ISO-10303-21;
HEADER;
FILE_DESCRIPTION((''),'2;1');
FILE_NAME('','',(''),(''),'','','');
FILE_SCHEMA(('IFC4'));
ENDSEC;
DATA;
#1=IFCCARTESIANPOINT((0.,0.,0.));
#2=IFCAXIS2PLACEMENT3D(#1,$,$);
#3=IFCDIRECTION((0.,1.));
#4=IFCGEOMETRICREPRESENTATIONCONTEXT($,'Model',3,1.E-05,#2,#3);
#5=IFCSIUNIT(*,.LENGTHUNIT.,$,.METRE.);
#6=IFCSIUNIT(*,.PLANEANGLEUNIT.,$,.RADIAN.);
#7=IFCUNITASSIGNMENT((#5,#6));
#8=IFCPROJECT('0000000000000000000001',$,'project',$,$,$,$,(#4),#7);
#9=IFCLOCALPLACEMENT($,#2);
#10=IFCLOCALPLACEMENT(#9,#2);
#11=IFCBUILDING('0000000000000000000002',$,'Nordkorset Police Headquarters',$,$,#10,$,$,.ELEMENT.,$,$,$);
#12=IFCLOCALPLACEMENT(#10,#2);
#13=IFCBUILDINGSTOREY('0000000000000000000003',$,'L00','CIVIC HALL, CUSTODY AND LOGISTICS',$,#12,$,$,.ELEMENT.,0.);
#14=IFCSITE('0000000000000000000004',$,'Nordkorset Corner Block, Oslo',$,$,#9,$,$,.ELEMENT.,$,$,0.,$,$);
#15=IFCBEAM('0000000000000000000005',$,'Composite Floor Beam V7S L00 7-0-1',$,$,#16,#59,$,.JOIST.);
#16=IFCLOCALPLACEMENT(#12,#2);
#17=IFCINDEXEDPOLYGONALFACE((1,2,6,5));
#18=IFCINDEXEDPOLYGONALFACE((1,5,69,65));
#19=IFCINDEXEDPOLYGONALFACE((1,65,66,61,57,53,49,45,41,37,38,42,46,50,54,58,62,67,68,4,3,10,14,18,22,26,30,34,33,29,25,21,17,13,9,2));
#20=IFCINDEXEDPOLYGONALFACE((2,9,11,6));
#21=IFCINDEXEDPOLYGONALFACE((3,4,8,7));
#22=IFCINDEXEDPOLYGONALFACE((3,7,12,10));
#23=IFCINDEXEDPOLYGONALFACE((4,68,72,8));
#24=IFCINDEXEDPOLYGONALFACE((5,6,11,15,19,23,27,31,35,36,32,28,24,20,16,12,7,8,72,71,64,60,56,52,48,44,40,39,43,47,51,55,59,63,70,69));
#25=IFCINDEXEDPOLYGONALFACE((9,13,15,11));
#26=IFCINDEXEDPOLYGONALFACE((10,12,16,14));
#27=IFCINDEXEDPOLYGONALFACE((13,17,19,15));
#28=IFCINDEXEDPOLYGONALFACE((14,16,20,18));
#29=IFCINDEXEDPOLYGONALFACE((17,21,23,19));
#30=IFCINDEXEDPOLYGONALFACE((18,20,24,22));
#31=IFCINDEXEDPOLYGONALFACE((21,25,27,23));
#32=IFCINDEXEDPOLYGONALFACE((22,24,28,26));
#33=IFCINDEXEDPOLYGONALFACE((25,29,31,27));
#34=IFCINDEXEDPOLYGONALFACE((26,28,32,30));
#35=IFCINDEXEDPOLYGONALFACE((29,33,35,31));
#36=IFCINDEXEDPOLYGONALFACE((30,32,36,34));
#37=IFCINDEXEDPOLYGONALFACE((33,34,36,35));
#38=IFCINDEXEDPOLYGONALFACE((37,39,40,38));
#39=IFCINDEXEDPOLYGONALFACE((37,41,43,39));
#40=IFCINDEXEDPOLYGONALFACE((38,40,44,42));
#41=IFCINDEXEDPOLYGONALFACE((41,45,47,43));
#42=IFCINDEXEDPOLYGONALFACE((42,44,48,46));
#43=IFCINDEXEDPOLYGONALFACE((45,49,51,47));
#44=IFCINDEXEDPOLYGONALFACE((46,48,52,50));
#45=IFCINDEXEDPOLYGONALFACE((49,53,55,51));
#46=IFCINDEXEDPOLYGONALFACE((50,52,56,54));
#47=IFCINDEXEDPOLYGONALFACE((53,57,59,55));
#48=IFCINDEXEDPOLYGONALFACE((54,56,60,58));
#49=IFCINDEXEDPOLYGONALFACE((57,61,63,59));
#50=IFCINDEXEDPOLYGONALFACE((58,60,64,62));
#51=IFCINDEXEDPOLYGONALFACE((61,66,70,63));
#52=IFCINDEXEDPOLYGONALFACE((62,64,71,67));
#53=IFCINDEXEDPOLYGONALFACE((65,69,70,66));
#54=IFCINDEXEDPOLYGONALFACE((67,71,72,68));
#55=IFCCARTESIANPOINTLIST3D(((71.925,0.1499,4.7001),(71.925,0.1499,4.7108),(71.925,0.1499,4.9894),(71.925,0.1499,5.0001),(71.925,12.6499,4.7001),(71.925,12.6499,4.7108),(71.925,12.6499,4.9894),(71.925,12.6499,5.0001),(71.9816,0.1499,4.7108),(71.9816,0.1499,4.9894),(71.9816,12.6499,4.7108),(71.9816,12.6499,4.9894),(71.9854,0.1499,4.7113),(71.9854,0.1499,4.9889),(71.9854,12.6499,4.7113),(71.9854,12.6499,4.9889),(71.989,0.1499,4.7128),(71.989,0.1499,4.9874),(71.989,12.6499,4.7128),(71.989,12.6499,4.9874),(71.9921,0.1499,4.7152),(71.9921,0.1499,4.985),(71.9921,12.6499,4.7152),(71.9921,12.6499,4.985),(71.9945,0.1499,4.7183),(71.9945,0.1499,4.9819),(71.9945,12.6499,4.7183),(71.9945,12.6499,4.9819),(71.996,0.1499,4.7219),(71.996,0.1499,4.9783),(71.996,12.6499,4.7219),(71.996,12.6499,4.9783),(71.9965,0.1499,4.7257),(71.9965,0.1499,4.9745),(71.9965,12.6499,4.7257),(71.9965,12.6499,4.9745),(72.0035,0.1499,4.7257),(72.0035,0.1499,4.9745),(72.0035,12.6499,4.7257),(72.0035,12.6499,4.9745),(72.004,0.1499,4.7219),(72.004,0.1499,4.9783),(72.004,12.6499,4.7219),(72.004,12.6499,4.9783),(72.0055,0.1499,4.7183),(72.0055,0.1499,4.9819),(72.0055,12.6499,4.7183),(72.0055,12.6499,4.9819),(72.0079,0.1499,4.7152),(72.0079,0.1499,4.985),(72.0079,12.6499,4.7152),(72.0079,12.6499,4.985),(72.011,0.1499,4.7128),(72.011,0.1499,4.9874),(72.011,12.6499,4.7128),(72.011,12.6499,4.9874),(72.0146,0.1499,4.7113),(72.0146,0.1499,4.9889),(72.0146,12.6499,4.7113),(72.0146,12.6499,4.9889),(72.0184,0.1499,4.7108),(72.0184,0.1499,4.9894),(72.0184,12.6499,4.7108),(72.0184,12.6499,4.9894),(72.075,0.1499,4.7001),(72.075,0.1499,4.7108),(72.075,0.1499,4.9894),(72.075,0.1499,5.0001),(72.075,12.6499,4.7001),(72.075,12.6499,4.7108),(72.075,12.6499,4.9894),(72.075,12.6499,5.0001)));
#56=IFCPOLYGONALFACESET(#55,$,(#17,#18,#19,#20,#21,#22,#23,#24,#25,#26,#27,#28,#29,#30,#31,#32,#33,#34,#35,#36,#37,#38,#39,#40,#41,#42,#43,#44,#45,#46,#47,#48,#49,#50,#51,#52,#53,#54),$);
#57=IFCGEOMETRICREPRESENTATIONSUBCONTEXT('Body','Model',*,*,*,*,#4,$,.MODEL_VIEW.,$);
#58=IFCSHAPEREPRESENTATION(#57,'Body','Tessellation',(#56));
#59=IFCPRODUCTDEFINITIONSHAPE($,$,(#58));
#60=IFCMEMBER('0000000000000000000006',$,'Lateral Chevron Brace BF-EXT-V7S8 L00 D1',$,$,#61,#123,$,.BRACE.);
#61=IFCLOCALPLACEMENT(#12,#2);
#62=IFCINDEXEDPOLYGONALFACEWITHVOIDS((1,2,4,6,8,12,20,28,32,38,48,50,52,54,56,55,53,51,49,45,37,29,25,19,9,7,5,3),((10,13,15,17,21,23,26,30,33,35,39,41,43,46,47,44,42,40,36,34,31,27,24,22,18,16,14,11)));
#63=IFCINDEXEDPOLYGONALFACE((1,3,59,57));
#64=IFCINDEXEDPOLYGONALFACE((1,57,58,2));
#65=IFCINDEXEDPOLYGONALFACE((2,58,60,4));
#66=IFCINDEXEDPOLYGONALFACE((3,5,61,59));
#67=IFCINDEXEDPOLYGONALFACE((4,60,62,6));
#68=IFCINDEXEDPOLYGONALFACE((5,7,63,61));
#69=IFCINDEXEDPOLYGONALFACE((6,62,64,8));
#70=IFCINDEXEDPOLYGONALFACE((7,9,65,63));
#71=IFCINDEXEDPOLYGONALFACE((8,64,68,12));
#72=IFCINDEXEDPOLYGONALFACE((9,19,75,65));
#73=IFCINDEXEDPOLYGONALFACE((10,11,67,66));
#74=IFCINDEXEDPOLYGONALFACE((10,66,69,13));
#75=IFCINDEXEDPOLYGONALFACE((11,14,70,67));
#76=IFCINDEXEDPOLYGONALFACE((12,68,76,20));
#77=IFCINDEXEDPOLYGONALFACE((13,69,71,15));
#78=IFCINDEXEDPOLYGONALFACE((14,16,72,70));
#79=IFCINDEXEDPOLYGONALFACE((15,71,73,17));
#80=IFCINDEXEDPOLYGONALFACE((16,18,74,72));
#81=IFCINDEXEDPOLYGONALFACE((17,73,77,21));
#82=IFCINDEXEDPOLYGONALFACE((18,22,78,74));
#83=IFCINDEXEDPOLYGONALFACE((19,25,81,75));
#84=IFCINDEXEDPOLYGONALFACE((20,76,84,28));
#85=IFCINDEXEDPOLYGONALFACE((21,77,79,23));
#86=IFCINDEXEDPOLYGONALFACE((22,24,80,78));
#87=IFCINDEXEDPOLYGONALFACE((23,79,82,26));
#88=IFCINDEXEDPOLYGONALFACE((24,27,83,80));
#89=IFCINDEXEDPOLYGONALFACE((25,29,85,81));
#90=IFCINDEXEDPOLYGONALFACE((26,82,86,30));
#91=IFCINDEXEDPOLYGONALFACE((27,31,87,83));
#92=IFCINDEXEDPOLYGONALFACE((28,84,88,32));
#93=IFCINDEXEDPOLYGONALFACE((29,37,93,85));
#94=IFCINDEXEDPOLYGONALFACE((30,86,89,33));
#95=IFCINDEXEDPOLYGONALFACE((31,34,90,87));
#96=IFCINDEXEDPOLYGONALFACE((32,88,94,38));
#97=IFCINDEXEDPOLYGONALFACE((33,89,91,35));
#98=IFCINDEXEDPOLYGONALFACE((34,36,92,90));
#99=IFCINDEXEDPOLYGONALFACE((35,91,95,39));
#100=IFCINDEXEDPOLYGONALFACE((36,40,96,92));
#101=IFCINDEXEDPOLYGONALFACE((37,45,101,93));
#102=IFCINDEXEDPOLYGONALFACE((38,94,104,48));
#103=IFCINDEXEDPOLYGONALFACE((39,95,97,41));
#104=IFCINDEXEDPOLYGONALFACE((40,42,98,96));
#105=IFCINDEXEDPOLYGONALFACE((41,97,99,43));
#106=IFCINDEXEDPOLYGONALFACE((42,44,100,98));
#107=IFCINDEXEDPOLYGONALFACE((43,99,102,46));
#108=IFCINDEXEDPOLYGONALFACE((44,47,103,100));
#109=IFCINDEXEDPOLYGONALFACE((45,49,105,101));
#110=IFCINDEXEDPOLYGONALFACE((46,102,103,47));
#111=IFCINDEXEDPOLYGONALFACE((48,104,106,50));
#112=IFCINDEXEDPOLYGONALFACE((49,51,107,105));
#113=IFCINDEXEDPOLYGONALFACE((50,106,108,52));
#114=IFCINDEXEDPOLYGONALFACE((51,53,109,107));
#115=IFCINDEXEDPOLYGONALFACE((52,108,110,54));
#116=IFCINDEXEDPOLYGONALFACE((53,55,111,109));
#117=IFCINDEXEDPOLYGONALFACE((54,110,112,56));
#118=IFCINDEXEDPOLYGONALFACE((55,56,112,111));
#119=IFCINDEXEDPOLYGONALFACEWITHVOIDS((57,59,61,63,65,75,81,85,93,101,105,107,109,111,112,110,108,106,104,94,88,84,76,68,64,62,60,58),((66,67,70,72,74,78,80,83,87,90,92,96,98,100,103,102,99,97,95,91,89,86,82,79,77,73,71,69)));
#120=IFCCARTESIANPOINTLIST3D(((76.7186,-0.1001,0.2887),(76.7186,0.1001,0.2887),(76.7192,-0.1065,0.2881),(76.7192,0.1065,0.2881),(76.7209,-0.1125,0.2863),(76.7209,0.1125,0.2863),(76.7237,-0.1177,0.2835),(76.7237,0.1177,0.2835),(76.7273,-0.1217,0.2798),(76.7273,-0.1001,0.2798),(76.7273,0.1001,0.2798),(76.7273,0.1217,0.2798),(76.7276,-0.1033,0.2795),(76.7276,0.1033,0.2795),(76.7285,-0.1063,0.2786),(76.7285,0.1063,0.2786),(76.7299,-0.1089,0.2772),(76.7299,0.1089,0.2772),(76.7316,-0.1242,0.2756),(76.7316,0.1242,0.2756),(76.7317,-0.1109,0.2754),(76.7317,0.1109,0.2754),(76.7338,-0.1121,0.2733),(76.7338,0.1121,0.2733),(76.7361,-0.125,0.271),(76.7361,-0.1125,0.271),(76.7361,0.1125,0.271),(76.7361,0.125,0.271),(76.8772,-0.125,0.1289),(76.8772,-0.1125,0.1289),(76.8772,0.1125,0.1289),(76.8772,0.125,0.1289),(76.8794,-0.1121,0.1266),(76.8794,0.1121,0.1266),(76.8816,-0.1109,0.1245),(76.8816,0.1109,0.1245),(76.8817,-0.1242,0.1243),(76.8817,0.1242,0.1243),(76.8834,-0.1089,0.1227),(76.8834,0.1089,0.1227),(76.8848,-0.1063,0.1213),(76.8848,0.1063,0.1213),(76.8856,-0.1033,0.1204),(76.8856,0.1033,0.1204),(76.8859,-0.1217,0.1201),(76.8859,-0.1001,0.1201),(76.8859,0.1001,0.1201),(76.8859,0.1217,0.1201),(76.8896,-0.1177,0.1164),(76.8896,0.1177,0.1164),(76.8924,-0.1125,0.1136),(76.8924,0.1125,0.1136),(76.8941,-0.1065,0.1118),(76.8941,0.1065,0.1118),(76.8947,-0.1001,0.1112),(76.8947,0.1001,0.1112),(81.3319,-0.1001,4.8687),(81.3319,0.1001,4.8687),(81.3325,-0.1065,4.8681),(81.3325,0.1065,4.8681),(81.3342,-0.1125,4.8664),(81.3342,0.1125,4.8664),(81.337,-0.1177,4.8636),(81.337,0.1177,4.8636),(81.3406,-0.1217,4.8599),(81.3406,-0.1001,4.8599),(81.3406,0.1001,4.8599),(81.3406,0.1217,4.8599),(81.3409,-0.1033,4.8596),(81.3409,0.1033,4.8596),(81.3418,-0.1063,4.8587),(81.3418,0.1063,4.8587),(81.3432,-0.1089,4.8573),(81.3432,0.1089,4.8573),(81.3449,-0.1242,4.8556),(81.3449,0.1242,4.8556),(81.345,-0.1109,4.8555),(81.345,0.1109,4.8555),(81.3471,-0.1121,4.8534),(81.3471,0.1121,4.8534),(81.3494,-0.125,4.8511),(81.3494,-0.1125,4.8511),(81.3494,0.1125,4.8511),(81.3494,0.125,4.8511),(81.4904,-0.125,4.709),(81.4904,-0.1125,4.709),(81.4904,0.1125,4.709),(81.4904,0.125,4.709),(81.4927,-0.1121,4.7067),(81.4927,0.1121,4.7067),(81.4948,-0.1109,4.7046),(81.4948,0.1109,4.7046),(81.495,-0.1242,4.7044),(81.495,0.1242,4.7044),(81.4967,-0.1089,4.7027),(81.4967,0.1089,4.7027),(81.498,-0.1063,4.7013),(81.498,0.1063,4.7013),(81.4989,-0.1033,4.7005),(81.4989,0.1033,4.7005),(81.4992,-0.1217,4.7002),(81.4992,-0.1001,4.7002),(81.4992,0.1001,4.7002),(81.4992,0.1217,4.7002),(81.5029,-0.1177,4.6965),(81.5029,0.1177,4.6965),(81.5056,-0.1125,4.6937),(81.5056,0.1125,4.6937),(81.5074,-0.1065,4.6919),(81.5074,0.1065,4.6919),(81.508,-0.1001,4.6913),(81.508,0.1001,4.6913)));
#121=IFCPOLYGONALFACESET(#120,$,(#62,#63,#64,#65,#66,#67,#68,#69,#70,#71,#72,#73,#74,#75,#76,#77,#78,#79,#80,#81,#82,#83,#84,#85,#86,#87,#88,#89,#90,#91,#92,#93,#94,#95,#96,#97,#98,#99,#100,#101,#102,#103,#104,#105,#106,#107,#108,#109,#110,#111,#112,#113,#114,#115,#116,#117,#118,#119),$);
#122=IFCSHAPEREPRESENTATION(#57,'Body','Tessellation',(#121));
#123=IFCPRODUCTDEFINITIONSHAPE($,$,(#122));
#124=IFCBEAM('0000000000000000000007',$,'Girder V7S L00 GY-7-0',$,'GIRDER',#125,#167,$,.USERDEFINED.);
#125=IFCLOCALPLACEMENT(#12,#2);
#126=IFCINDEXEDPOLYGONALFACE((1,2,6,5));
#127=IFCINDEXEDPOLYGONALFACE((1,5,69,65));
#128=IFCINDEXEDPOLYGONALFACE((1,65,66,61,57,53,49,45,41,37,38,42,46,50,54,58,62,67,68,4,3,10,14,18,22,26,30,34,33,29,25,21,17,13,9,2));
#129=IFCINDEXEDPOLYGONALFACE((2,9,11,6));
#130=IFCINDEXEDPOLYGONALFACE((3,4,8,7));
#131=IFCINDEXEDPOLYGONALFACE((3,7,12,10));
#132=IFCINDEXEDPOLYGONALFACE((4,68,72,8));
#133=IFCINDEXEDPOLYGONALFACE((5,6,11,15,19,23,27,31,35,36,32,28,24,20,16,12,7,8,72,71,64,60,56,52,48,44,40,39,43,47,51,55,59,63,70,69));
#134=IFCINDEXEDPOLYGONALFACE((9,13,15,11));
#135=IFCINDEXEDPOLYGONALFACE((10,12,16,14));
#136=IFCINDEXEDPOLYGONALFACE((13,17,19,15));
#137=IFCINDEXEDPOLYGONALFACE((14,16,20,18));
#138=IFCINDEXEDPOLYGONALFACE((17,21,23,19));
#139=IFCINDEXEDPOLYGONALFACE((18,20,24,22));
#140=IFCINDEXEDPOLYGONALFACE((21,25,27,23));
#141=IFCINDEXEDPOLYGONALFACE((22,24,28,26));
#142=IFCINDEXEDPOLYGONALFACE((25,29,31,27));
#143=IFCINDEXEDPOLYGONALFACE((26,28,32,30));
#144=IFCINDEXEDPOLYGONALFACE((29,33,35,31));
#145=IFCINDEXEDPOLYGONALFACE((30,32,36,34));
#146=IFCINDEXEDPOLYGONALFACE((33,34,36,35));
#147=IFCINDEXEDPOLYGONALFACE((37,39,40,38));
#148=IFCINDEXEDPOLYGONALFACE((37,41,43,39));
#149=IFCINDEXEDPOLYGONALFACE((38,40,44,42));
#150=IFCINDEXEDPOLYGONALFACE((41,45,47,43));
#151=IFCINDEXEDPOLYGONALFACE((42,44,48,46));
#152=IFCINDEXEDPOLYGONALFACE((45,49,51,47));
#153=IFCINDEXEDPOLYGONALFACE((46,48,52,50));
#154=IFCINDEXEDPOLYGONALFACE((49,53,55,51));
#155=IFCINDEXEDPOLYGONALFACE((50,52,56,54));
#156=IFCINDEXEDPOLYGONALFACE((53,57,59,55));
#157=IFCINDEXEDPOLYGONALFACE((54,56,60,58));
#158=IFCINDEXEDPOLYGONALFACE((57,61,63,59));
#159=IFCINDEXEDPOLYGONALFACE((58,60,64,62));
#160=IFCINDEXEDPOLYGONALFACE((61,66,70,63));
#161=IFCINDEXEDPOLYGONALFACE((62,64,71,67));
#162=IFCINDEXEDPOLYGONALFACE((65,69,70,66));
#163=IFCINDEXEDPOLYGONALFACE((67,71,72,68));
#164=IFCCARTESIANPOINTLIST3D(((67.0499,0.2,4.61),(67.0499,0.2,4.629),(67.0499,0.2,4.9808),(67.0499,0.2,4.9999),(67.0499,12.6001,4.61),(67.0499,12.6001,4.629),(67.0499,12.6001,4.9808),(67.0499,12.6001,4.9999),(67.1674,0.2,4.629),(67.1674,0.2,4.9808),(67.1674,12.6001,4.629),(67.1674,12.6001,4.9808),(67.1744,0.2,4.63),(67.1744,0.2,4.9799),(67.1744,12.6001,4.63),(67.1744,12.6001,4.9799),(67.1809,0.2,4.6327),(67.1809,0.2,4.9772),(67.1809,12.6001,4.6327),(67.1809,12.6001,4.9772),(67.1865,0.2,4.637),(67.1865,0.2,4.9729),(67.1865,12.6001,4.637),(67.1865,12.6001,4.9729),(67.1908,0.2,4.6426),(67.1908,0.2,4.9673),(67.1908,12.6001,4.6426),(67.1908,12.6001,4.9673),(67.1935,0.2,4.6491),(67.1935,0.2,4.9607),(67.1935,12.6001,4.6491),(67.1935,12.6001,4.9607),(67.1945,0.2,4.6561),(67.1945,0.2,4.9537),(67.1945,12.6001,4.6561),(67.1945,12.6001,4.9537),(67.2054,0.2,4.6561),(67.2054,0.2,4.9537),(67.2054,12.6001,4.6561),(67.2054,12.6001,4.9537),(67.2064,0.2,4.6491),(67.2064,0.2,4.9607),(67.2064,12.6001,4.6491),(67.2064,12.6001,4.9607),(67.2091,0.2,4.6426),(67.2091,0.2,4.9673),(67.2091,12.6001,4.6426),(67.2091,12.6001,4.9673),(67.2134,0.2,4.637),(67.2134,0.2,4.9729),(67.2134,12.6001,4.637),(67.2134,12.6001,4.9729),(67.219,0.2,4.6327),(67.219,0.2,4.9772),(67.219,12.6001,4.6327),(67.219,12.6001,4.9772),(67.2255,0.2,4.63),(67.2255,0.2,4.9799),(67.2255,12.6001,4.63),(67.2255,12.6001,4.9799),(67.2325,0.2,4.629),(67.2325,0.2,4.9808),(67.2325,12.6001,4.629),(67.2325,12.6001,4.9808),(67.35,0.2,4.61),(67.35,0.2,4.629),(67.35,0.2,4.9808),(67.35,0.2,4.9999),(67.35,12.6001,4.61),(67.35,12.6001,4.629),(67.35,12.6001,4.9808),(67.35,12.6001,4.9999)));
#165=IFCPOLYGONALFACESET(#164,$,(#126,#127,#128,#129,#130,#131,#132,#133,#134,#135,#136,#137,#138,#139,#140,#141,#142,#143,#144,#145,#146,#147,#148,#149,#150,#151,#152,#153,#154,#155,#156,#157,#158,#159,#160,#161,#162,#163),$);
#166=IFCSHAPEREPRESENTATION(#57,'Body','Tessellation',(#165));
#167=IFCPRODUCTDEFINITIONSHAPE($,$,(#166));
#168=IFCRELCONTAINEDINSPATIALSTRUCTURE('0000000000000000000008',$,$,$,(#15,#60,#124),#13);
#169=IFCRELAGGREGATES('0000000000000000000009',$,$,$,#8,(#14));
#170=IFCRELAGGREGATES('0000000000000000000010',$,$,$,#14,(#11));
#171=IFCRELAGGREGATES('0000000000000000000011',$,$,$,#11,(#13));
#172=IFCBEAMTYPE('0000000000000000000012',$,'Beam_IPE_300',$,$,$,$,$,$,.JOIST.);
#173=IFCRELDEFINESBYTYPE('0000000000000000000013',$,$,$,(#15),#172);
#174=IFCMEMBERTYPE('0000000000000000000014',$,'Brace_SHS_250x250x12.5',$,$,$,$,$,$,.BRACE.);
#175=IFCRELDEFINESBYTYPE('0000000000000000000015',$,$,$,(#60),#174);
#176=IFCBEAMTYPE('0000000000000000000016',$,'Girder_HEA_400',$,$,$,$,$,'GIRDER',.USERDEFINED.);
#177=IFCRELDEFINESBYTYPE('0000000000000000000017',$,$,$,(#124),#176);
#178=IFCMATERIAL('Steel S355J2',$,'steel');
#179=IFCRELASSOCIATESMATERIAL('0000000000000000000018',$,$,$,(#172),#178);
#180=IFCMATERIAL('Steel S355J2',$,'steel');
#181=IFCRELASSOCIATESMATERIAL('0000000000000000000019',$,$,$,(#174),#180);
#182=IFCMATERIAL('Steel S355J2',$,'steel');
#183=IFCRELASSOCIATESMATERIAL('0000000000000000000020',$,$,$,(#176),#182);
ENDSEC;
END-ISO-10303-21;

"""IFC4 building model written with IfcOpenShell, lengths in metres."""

from ifc_helpers import new_model, si_unit, direction, frame, origin, origin_2d, place, context, subcontext, project, spatial, hollow_rectangle, i_section, extrude, material, material_profile, profile_set, type_object, element, save


model = new_model("IFC4")

# Units and contexts
model_context = context("Model", 3, precision=1e-05, world=origin(), true_north=direction((0.0, 1.0)))
body_context = subcontext(model_context, "Body", "Model", "MODEL_VIEW")
ifc_project = project(units=[si_unit("LENGTHUNIT", "METRE"), si_unit("PLANEANGLEUNIT", "RADIAN")], contexts=[model_context])

# Site, building, storey
site_placement = place(None, origin())
site = spatial("IfcSite", under=ifc_project, at=site_placement, Name="Nordkorset Corner Block, Oslo", CompositionType="ELEMENT", RefElevation=0.0)
building_placement = place(site_placement, origin())
building = spatial("IfcBuilding", under=site, at=building_placement, Name="Nordkorset Police Headquarters", CompositionType="ELEMENT")
storey_placement = place(building_placement, origin())
storey = spatial("IfcBuildingStorey", under=building, at=storey_placement, Name="L00", Description="CIVIC HALL, CUSTODY AND LOGISTICS", CompositionType="ELEMENT", Elevation=0.0)

# Beam
ifc_material_1 = material(Name="Steel S355J2", Category="steel")
ifc_material_profile_1 = material_profile(ifc_material_1, i_section(OverallWidth=0.1499, OverallDepth=0.3, WebThickness=0.0071, FlangeThickness=0.0107, FilletRadius=0.0149, at=origin_2d()), Name="IPE 300")
ifc_profile_set_1 = profile_set([ifc_material_profile_1], Name="Steel S355J2")
beam_type_1 = type_object("IfcBeamType", Name="Beam_IPE_300", PredefinedType="JOIST", material=ifc_profile_set_1)
beam_1_placement = place(storey_placement, frame((72.0, 0.1499, 4.8501), z_axis=(0.0, 1.0, 0.0), x_axis=(-1.0, 0.0, 0.0)))
element("IfcBeam", 1, at=beam_1_placement, inside=storey, type_object=beam_type_1, Name="Composite Floor Beam V7S L00 7-0-1", PredefinedType="JOIST", context=body_context, shape_type="SweptSolid", body=[
    extrude(i_section(OverallWidth=0.1499, OverallDepth=0.3, WebThickness=0.0071, FlangeThickness=0.0107, FilletRadius=0.0149, at=origin_2d()), origin(), (0.0, 0.0, 1.0), 12.5),
])

# Member
ifc_material_2 = material(Name="Steel S355J2", Category="steel")
ifc_material_profile_2 = material_profile(ifc_material_2, hollow_rectangle(XDim=0.25, YDim=0.25, WallThickness=0.0125, InnerFilletRadius=0.0125, OuterFilletRadius=0.0249, at=origin_2d()), Name="SHS 250x250x12.5")
ifc_profile_set_2 = profile_set([ifc_material_profile_2], Name="Steel S355J2")
member_type = type_object("IfcMemberType", Name="Brace_SHS_250x250x12.5", PredefinedType="BRACE", material=ifc_profile_set_2)
member_placement = place(storey_placement, frame((76.8066, 0.0, 0.2), z_axis=(0.709656, 0.0, 0.704548), x_axis=(0.0, 1.0, 0.0)))
element("IfcMember", 2, at=member_placement, inside=storey, type_object=member_type, Name="Lateral Chevron Brace BF-EXT-V7S8 L00 D1", PredefinedType="BRACE", context=body_context, shape_type="SweptSolid", body=[
    extrude(hollow_rectangle(XDim=0.25, YDim=0.25, WallThickness=0.0125, InnerFilletRadius=0.0125, OuterFilletRadius=0.0249, at=origin_2d()), origin(), (0.0, 0.0, 1.0), 6.5007),
])

# Beam
ifc_material_3 = material(Name="Steel S355J2", Category="steel")
ifc_material_profile_3 = material_profile(ifc_material_3, i_section(OverallWidth=0.3, OverallDepth=0.3899, WebThickness=0.011, FlangeThickness=0.019, FilletRadius=0.0271, at=origin_2d()), Name="HEA 400")
ifc_profile_set_3 = profile_set([ifc_material_profile_3], Name="Steel S355J2")
beam_type_2 = type_object("IfcBeamType", Name="Girder_HEA_400", ElementType="GIRDER", PredefinedType="USERDEFINED", material=ifc_profile_set_3)
for number, where, z_axis, x_axis, name in (
    (3, (67.2, 0.2, 4.8049), (0.0, 1.0, 0.0), (-1.0, 0.0, 0.0), "Girder V7S L00 GY-7-0"),
):
    element("IfcBeam", number, at=place(storey_placement, frame(where, z_axis=z_axis, x_axis=x_axis)), inside=storey, type_object=beam_type_2, Name=name, ObjectType="GIRDER", PredefinedType="USERDEFINED", context=body_context, shape_type="SweptSolid", body=[
        extrude(i_section(OverallWidth=0.3, OverallDepth=0.3899, WebThickness=0.011, FlangeThickness=0.019, FilletRadius=0.0271, at=origin_2d()), origin(), (0.0, 0.0, 1.0), 12.4001),
    ])

save(model, "model.ifc")
